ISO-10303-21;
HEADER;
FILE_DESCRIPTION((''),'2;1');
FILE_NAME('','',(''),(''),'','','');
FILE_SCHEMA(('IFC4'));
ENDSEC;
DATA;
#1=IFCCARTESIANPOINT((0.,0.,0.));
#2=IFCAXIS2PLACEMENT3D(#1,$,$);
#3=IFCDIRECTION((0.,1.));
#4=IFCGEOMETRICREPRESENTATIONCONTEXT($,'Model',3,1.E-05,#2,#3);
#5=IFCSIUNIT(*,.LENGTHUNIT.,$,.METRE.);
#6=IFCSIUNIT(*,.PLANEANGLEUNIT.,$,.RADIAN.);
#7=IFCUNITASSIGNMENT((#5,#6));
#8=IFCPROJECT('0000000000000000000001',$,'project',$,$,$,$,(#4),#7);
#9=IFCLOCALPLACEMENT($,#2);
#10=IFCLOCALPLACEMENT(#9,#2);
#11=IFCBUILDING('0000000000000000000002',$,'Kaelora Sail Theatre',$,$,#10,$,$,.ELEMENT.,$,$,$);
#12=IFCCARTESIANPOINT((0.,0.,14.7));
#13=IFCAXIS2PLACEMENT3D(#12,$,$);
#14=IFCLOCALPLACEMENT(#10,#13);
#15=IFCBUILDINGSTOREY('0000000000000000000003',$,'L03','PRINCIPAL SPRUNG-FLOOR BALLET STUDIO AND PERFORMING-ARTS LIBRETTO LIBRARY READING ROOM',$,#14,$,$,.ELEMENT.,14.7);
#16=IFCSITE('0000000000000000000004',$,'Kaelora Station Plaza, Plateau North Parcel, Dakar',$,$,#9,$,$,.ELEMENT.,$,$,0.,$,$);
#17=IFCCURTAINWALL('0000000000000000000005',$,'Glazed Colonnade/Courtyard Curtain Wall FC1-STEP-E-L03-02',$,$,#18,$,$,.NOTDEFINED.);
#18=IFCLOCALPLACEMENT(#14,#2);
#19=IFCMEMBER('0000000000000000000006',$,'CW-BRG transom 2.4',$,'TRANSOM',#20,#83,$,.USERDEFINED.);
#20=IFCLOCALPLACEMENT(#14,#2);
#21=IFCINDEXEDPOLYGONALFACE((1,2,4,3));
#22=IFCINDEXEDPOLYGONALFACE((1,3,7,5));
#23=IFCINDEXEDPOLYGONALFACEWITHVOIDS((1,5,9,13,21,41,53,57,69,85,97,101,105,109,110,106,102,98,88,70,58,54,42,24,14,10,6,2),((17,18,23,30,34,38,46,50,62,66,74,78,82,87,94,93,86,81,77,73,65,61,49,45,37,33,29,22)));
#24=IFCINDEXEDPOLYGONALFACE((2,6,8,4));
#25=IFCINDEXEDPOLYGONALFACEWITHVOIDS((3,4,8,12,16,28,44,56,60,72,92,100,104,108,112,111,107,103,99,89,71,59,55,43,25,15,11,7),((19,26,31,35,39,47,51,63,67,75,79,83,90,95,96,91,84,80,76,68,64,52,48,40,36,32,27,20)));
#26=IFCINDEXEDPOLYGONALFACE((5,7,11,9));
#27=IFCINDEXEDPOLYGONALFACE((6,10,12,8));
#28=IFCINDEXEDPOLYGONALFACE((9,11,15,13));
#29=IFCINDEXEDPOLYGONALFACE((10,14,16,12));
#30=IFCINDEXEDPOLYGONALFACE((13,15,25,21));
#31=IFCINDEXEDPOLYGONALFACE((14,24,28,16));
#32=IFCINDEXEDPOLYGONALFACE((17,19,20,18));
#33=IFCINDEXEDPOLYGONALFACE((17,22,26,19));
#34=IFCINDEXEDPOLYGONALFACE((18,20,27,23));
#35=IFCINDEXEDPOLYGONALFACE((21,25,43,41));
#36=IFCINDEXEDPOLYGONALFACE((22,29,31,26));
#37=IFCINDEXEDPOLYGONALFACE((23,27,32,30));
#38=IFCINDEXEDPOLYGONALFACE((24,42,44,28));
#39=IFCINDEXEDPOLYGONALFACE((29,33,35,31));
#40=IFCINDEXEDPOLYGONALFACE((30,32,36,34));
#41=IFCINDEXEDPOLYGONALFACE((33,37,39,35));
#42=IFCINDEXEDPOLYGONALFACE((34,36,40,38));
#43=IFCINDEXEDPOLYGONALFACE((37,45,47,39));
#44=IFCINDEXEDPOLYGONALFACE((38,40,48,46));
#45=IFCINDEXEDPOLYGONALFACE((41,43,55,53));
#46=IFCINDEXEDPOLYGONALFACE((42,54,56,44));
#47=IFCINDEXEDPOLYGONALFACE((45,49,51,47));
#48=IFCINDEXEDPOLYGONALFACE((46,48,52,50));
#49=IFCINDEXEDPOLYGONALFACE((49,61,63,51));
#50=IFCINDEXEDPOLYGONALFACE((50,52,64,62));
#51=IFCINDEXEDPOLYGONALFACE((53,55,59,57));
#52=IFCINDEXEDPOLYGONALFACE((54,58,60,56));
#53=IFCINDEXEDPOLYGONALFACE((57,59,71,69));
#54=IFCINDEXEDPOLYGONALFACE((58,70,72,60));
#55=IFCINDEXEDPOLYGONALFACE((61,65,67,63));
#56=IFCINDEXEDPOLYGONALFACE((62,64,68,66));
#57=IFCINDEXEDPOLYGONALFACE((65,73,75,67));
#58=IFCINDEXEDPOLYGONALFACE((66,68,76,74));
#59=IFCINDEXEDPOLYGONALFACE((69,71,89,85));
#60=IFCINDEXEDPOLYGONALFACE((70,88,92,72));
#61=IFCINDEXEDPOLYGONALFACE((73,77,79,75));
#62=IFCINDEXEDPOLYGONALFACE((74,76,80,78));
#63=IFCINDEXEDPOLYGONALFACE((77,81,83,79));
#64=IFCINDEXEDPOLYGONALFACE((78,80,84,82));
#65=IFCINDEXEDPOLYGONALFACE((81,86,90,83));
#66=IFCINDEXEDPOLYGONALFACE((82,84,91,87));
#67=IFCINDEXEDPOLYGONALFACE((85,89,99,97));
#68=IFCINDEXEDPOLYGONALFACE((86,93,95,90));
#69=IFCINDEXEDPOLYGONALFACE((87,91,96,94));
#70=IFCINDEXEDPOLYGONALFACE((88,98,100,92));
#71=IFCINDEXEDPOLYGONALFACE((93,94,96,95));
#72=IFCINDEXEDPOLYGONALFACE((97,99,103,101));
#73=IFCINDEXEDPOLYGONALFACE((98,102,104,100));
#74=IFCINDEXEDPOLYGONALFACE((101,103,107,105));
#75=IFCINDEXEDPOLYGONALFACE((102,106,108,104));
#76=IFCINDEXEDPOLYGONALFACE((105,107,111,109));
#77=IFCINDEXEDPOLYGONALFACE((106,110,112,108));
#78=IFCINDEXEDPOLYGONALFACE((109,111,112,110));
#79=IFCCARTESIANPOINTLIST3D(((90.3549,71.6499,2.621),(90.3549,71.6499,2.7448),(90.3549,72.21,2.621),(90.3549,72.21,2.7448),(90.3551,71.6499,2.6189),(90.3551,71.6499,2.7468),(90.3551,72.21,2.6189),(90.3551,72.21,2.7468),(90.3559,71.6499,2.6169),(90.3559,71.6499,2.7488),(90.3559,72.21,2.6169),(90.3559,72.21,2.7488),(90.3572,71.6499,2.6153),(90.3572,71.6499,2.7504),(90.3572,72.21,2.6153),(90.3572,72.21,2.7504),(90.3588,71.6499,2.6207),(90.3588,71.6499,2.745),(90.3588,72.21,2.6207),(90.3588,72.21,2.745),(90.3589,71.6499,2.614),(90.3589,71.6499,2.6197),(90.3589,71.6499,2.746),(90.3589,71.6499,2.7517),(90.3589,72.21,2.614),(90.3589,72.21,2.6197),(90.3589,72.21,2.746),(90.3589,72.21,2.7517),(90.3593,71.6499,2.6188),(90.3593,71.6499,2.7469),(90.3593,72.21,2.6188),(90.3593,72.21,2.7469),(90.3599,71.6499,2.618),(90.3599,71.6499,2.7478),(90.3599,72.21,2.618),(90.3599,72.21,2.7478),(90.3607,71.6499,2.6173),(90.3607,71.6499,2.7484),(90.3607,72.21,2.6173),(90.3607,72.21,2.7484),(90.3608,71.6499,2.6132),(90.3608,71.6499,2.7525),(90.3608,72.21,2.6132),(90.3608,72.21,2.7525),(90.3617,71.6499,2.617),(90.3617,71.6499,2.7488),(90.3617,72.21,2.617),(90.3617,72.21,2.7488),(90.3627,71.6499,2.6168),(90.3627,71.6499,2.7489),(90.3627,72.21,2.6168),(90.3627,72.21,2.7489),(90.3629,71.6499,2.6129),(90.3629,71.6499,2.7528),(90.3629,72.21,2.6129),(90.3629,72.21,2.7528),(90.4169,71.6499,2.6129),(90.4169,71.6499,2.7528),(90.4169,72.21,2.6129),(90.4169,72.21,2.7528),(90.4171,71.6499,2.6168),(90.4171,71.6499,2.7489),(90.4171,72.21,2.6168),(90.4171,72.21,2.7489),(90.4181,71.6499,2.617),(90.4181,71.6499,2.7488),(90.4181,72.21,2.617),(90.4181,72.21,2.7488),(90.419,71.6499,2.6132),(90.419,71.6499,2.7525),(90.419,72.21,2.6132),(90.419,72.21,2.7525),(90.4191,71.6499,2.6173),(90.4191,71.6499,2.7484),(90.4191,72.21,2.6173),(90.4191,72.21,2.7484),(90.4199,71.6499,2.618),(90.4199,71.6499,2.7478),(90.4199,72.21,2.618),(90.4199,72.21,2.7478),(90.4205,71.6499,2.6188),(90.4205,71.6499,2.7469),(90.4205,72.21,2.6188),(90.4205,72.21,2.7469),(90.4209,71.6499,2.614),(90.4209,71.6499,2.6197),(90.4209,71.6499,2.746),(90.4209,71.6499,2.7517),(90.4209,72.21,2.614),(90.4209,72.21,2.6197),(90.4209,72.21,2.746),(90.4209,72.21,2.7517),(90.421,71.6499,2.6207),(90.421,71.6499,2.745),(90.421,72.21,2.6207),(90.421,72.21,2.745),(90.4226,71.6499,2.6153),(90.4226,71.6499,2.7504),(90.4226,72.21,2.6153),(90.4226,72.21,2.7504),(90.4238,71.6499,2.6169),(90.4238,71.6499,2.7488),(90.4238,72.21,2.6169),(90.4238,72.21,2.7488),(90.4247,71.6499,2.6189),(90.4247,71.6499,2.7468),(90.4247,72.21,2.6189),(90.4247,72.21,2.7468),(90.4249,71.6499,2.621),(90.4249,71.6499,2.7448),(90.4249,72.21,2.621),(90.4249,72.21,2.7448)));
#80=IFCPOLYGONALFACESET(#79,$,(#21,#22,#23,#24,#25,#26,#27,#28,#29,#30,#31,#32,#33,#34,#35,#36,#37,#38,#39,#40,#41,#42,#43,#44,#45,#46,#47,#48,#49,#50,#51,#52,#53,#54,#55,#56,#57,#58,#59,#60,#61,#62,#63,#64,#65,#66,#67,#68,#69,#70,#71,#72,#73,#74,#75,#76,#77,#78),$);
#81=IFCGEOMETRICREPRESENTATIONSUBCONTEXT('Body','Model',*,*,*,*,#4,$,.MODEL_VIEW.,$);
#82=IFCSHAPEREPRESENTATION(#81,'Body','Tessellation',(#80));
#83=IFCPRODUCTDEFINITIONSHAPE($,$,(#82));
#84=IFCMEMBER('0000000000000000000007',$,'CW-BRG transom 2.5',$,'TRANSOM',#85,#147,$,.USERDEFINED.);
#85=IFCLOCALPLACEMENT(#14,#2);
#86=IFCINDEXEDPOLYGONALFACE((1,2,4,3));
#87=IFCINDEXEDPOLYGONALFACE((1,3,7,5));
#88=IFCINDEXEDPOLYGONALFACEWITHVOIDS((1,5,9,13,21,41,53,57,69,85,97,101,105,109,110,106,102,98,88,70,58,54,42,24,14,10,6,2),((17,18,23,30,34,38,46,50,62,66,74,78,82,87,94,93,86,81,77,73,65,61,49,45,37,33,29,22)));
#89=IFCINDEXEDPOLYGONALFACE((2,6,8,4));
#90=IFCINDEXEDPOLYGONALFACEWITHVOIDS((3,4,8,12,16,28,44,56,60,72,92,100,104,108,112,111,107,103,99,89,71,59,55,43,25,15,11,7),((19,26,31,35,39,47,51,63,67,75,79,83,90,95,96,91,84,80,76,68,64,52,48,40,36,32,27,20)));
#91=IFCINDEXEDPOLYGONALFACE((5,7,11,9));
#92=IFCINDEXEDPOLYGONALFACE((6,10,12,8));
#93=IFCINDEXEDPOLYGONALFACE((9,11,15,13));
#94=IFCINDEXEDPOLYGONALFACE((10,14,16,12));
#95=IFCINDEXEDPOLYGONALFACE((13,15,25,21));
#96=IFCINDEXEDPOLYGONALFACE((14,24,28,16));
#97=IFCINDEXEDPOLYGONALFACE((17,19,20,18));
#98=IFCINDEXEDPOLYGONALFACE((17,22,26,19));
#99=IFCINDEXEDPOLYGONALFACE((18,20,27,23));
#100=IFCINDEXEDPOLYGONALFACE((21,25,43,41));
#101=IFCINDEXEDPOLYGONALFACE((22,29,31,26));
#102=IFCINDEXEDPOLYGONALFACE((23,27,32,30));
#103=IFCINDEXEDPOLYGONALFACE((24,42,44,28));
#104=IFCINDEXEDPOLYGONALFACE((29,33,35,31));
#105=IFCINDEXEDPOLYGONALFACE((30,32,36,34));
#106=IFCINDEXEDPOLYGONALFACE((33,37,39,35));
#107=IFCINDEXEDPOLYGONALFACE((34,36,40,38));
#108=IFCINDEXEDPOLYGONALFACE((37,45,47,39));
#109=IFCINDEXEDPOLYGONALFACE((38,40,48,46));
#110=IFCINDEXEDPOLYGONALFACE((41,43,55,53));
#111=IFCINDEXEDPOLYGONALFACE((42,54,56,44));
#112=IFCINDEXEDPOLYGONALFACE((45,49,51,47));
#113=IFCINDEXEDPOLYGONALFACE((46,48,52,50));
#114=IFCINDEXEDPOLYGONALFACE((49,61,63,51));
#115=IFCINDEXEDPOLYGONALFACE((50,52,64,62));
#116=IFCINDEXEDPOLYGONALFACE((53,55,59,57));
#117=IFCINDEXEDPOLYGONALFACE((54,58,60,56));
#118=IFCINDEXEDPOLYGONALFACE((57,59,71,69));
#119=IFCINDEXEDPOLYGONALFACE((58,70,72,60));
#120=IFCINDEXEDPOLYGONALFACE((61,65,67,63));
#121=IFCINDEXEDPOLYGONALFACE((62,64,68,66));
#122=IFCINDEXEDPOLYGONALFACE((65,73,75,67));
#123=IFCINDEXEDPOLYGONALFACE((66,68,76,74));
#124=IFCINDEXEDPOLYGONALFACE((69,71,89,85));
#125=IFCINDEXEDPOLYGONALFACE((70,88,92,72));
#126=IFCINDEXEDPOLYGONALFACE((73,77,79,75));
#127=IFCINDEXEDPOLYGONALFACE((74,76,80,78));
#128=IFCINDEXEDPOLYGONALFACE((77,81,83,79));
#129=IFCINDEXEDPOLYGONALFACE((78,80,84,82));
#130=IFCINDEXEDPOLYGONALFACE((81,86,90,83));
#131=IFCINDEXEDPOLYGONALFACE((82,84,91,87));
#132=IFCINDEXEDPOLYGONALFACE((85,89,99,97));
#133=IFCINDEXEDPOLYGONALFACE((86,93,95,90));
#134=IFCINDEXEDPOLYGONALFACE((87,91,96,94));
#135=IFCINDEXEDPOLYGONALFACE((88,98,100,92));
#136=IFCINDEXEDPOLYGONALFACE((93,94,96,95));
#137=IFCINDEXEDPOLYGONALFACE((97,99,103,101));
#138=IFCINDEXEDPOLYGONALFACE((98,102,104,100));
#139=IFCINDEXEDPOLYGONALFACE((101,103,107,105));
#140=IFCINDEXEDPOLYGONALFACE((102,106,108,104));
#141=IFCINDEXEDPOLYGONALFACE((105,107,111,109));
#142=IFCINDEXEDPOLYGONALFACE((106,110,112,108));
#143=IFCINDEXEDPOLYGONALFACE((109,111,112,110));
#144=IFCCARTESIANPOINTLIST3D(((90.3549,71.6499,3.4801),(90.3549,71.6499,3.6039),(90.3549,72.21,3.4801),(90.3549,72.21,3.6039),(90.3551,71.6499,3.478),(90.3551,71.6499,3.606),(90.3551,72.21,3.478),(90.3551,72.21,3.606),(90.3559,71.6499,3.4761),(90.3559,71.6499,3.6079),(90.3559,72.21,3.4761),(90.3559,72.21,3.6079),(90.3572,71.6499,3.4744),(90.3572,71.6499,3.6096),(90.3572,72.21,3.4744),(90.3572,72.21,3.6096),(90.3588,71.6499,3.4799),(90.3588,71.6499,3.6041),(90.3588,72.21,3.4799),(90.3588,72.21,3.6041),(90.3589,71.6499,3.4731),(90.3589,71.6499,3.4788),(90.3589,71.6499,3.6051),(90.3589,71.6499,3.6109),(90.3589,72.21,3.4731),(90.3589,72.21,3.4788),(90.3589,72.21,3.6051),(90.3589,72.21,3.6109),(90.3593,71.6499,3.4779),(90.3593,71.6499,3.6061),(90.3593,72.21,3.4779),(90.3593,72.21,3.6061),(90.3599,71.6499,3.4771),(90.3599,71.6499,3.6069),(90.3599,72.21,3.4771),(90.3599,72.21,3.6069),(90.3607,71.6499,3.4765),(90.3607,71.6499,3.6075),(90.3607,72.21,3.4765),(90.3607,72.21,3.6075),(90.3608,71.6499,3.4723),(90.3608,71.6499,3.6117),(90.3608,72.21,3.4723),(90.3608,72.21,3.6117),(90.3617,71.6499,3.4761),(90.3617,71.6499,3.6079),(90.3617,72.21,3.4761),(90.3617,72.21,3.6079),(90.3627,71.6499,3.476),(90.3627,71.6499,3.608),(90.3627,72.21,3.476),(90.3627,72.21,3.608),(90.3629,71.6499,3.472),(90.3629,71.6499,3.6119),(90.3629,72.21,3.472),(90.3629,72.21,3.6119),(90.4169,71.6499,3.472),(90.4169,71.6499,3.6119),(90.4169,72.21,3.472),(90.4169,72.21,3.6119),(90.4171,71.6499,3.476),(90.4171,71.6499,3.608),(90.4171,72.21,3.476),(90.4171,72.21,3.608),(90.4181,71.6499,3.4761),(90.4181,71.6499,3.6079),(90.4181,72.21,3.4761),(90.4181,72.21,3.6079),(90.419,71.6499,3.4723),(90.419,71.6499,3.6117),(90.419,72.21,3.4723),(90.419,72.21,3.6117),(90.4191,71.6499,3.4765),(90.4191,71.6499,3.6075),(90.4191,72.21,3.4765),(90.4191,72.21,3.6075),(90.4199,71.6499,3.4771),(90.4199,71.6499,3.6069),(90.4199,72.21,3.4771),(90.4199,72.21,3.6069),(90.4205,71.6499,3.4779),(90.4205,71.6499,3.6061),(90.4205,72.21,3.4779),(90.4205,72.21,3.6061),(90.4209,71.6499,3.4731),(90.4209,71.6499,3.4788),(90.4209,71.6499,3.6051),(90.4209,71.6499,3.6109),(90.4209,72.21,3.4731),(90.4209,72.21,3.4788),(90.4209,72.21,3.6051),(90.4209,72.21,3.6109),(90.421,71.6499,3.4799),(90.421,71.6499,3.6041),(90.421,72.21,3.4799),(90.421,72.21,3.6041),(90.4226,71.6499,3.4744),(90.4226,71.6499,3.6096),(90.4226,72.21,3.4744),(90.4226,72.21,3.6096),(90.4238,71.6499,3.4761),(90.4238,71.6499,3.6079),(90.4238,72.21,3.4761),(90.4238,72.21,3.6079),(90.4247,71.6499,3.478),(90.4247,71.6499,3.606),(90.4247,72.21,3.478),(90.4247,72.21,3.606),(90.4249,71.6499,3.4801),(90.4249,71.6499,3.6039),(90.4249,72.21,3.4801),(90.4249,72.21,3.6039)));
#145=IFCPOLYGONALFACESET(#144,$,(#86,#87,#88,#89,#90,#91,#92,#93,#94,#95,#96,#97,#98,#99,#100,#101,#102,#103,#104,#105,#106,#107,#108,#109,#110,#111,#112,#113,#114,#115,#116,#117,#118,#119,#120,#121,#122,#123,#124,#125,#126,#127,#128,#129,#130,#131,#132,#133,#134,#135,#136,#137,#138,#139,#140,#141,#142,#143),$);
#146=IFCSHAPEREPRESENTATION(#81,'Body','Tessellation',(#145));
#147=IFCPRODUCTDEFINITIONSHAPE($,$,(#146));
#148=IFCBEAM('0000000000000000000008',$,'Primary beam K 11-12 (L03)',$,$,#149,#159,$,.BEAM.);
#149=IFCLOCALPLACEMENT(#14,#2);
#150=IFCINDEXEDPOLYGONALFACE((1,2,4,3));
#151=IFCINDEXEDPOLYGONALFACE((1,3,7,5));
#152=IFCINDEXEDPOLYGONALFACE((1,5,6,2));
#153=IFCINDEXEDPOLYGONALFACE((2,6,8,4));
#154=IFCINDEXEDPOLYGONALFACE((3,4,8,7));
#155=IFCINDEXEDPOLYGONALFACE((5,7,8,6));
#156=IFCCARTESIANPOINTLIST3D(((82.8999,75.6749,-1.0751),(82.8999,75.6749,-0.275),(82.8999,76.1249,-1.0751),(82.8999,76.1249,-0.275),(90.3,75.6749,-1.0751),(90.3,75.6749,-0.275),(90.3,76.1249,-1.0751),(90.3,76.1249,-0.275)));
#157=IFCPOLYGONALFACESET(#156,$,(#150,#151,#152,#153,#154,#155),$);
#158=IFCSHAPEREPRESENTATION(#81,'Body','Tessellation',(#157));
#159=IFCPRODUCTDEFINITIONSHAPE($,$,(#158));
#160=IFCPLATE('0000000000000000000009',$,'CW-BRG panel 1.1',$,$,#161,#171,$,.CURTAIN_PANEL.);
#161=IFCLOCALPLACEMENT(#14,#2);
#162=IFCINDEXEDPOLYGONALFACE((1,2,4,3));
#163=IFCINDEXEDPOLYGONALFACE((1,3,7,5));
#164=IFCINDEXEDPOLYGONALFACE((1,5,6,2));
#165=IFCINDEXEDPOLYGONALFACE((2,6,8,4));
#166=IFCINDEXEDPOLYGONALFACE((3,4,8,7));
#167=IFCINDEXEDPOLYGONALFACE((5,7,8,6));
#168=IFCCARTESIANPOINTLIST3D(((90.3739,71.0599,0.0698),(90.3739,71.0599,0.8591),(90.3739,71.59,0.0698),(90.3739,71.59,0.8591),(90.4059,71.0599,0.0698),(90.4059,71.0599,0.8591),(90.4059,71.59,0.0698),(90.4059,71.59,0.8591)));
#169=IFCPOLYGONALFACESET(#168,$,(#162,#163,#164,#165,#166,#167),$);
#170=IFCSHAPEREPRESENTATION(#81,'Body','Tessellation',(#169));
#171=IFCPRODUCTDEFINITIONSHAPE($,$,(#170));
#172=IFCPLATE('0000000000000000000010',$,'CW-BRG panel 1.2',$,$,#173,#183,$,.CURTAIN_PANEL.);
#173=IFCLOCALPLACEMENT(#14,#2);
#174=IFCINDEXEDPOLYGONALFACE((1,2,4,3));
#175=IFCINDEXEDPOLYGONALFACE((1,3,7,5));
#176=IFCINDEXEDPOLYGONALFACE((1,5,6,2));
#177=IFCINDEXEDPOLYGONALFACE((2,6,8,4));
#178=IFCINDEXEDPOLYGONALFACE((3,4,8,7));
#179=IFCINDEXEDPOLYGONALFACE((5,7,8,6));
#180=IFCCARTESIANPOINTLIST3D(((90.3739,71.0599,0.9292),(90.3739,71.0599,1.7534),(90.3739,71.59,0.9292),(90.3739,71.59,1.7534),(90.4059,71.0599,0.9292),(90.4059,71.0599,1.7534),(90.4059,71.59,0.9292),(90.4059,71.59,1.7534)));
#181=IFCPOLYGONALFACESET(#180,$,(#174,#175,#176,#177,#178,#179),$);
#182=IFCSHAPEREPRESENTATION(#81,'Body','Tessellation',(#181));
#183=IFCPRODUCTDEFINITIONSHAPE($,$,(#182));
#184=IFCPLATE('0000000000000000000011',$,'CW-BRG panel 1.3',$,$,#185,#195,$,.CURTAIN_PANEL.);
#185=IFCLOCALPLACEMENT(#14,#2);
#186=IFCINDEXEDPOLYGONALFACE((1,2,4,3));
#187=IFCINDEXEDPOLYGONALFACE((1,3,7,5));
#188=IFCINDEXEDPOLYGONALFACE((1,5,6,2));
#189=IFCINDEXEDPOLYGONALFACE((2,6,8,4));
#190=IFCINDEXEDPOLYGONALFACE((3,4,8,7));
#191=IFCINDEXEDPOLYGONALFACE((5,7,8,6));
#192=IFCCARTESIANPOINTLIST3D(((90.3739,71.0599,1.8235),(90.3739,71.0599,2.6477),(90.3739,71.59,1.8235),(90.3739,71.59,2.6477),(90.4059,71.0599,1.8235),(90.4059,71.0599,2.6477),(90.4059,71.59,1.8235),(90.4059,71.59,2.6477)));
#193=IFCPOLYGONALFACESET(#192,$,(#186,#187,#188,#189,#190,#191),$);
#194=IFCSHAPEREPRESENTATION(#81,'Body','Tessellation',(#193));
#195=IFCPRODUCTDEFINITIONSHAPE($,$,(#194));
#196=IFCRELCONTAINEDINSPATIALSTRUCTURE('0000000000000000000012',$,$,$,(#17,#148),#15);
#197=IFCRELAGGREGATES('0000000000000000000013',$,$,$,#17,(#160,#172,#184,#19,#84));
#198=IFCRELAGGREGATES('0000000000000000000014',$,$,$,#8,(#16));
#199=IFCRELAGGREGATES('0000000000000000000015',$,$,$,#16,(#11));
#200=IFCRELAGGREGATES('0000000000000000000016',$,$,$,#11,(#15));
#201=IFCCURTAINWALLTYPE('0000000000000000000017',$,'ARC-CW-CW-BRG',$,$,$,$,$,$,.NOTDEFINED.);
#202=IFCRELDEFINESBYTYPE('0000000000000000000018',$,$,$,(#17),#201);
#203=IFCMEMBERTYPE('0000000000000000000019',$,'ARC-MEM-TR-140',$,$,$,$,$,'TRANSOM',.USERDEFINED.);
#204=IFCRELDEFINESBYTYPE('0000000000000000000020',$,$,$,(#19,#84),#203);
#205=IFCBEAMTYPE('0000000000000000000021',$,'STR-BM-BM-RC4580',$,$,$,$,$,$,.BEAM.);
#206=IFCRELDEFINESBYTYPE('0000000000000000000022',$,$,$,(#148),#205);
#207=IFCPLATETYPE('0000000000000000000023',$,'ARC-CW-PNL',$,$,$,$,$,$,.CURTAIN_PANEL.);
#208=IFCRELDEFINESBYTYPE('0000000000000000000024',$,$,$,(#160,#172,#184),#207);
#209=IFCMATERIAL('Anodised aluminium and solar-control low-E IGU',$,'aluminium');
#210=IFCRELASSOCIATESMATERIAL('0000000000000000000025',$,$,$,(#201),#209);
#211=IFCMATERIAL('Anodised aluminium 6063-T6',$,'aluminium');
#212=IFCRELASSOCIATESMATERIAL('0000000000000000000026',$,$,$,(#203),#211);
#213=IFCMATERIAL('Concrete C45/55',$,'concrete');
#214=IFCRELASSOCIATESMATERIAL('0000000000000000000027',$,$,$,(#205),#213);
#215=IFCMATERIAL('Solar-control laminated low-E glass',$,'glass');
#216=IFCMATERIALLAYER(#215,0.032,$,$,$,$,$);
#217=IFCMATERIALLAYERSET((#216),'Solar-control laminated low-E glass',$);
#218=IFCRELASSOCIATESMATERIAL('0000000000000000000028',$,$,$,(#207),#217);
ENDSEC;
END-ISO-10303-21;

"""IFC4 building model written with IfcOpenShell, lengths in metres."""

from ifc_helpers import new_model, si_unit, direction, frame, origin, origin_2d, place, context, subcontext, project, spatial, rectangle, hollow_rectangle, extrude, material, layer, layer_set, material_profile, profile_set, type_object, element, aggregate, save


model = new_model("IFC4")

# Units and contexts
model_context = context("Model", 3, precision=1e-05, world=origin(), true_north=direction((0.0, 1.0)))
body_context = subcontext(model_context, "Body", "Model", "MODEL_VIEW")
ifc_project = project(units=[si_unit("LENGTHUNIT", "METRE"), si_unit("PLANEANGLEUNIT", "RADIAN")], contexts=[model_context])

# Site, building, storey
site_placement = place(None, origin())
site = spatial("IfcSite", under=ifc_project, at=site_placement, Name="Kaelora Station Plaza, Plateau North Parcel, Dakar", CompositionType="ELEMENT", RefElevation=0.0)
building_placement = place(site_placement, origin())
building = spatial("IfcBuilding", under=site, at=building_placement, Name="Kaelora Sail Theatre", CompositionType="ELEMENT")
storey_placement = place(building_placement, frame((0.0, 0.0, 14.7)))
storey = spatial("IfcBuildingStorey", under=building, at=storey_placement, Name="L03", Description="PRINCIPAL SPRUNG-FLOOR BALLET STUDIO AND PERFORMING-ARTS LIBRETTO LIBRARY READING ROOM", CompositionType="ELEMENT", Elevation=14.7)

# Curtain wall, members
ifc_material_1 = material(Name="Anodised aluminium and solar-control low-E IGU", Category="aluminium")
curtain_wall_type = type_object("IfcCurtainWallType", Name="ARC-CW-CW-BRG", PredefinedType="NOTDEFINED", material=ifc_material_1)
curtain_wall_placement = place(storey_placement, origin())
curtain_wall = element("IfcCurtainWall", 1, at=curtain_wall_placement, inside=storey, type_object=curtain_wall_type, Name="Glazed Colonnade/Courtyard Curtain Wall FC1-STEP-E-L03-02", PredefinedType="NOTDEFINED")
ifc_material_2 = material(Name="Anodised aluminium 6063-T6", Category="aluminium")
ifc_material_profile_1 = material_profile(ifc_material_2, hollow_rectangle(XDim=0.0701, YDim=0.1399, WallThickness=0.0039, InnerFilletRadius=0.0039, OuterFilletRadius=0.0081, at=origin_2d()), Name="ALU-TRAN 70x140x4")
ifc_profile_set_1 = profile_set([ifc_material_profile_1], Name="Anodised aluminium 6063-T6")
member_type_1 = type_object("IfcMemberType", Name="ARC-MEM-TR-140", ElementType="TRANSOM", PredefinedType="USERDEFINED", material=ifc_profile_set_1)
member_1_placement = place(storey_placement, frame((90.3899, 71.6499, 2.6829), z_axis=(0.0, 1.0, 0.0), x_axis=(-1.0, 0.0, 0.0)))
member_1 = element("IfcMember", 2, at=member_1_placement, type_object=member_type_1, Name="CW-BRG transom 2.4", ObjectType="TRANSOM", PredefinedType="USERDEFINED", context=body_context, shape_type="SweptSolid", body=[
    extrude(hollow_rectangle(XDim=0.0701, YDim=0.1399, WallThickness=0.0039, InnerFilletRadius=0.0039, OuterFilletRadius=0.0081, at=origin_2d()), origin(), (0.0, 0.0, 1.0), 0.5601),
])
member_2_placement = place(storey_placement, frame((90.3899, 71.6499, 3.542), z_axis=(0.0, 1.0, 0.0), x_axis=(-1.0, 0.0, 0.0)))
member_2 = element("IfcMember", 3, at=member_2_placement, type_object=member_type_1, Name="CW-BRG transom 2.5", ObjectType="TRANSOM", PredefinedType="USERDEFINED", context=body_context, shape_type="SweptSolid", body=[
    extrude(hollow_rectangle(XDim=0.0701, YDim=0.1399, WallThickness=0.0039, InnerFilletRadius=0.0039, OuterFilletRadius=0.0081, at=origin_2d()), origin(), (0.0, 0.0, 1.0), 0.5601),
])

# Beam
ifc_material_3 = material(Name="Concrete C45/55", Category="concrete")
ifc_material_profile_2 = material_profile(ifc_material_3, rectangle(XDim=0.45, YDim=0.8, at=origin_2d()), Name="RC-BM 450x800")
ifc_profile_set_2 = profile_set([ifc_material_profile_2], Name="Concrete C45/55")
beam_type = type_object("IfcBeamType", Name="STR-BM-BM-RC4580", PredefinedType="BEAM", material=ifc_profile_set_2)
beam_placement = place(storey_placement, frame((82.8999, 75.8999, -0.675), z_axis=(1.0, 0.0, 0.0), x_axis=(0.0, 1.0, 0.0)))
element("IfcBeam", 4, at=beam_placement, inside=storey, type_object=beam_type, Name="Primary beam K 11-12 (L03)", PredefinedType="BEAM", context=body_context, shape_type="SweptSolid", body=[
    extrude(rectangle(XDim=0.45, YDim=0.8, at=origin_2d()), origin(), (0.0, 0.0, 1.0), 7.4001),
])

# Plates
ifc_material_4 = material(Name="Solar-control laminated low-E glass", Category="glass")
ifc_layer_1 = layer(ifc_material_4, 0.032)
ifc_layer_set_1 = layer_set([ifc_layer_1], Name="Solar-control laminated low-E glass")
plate_type = type_object("IfcPlateType", Name="ARC-CW-PNL", PredefinedType="CURTAIN_PANEL", material=ifc_layer_set_1)
plate_1_placement = place(storey_placement, frame((90.3899, 71.325, 0.0698), z_axis=(0.0, 0.0, 1.0), x_axis=(0.0, 1.0, 0.0)))
plate_1 = element("IfcPlate", 5, at=plate_1_placement, type_object=plate_type, Name="CW-BRG panel 1.1", PredefinedType="CURTAIN_PANEL", context=body_context, shape_type="SweptSolid", body=[
    extrude(rectangle(XDim=0.53, YDim=0.032, at=origin_2d()), origin(), (0.0, 0.0, 1.0), 0.7893),
])
plate_2_placement = place(storey_placement, frame((90.3899, 71.325, 0.9292), z_axis=(0.0, 0.0, 1.0), x_axis=(0.0, 1.0, 0.0)))
plate_2 = element("IfcPlate", 6, at=plate_2_placement, type_object=plate_type, Name="CW-BRG panel 1.2", PredefinedType="CURTAIN_PANEL", context=body_context, shape_type="SweptSolid", body=[
    extrude(rectangle(XDim=0.53, YDim=0.032, at=origin_2d()), origin(), (0.0, 0.0, 1.0), 0.8242),
])
plate_3_placement = place(storey_placement, frame((90.3899, 71.325, 1.8235), z_axis=(0.0, 0.0, 1.0), x_axis=(0.0, 1.0, 0.0)))
plate_3 = element("IfcPlate", 7, at=plate_3_placement, type_object=plate_type, Name="CW-BRG panel 1.3", PredefinedType="CURTAIN_PANEL", context=body_context, shape_type="SweptSolid", body=[
    extrude(rectangle(XDim=0.53, YDim=0.032, at=origin_2d()), origin(), (0.0, 0.0, 1.0), 0.8242),
])
aggregate(curtain_wall, [plate_1, plate_2, plate_3, member_1, member_2])

save(model, "model.ifc")
